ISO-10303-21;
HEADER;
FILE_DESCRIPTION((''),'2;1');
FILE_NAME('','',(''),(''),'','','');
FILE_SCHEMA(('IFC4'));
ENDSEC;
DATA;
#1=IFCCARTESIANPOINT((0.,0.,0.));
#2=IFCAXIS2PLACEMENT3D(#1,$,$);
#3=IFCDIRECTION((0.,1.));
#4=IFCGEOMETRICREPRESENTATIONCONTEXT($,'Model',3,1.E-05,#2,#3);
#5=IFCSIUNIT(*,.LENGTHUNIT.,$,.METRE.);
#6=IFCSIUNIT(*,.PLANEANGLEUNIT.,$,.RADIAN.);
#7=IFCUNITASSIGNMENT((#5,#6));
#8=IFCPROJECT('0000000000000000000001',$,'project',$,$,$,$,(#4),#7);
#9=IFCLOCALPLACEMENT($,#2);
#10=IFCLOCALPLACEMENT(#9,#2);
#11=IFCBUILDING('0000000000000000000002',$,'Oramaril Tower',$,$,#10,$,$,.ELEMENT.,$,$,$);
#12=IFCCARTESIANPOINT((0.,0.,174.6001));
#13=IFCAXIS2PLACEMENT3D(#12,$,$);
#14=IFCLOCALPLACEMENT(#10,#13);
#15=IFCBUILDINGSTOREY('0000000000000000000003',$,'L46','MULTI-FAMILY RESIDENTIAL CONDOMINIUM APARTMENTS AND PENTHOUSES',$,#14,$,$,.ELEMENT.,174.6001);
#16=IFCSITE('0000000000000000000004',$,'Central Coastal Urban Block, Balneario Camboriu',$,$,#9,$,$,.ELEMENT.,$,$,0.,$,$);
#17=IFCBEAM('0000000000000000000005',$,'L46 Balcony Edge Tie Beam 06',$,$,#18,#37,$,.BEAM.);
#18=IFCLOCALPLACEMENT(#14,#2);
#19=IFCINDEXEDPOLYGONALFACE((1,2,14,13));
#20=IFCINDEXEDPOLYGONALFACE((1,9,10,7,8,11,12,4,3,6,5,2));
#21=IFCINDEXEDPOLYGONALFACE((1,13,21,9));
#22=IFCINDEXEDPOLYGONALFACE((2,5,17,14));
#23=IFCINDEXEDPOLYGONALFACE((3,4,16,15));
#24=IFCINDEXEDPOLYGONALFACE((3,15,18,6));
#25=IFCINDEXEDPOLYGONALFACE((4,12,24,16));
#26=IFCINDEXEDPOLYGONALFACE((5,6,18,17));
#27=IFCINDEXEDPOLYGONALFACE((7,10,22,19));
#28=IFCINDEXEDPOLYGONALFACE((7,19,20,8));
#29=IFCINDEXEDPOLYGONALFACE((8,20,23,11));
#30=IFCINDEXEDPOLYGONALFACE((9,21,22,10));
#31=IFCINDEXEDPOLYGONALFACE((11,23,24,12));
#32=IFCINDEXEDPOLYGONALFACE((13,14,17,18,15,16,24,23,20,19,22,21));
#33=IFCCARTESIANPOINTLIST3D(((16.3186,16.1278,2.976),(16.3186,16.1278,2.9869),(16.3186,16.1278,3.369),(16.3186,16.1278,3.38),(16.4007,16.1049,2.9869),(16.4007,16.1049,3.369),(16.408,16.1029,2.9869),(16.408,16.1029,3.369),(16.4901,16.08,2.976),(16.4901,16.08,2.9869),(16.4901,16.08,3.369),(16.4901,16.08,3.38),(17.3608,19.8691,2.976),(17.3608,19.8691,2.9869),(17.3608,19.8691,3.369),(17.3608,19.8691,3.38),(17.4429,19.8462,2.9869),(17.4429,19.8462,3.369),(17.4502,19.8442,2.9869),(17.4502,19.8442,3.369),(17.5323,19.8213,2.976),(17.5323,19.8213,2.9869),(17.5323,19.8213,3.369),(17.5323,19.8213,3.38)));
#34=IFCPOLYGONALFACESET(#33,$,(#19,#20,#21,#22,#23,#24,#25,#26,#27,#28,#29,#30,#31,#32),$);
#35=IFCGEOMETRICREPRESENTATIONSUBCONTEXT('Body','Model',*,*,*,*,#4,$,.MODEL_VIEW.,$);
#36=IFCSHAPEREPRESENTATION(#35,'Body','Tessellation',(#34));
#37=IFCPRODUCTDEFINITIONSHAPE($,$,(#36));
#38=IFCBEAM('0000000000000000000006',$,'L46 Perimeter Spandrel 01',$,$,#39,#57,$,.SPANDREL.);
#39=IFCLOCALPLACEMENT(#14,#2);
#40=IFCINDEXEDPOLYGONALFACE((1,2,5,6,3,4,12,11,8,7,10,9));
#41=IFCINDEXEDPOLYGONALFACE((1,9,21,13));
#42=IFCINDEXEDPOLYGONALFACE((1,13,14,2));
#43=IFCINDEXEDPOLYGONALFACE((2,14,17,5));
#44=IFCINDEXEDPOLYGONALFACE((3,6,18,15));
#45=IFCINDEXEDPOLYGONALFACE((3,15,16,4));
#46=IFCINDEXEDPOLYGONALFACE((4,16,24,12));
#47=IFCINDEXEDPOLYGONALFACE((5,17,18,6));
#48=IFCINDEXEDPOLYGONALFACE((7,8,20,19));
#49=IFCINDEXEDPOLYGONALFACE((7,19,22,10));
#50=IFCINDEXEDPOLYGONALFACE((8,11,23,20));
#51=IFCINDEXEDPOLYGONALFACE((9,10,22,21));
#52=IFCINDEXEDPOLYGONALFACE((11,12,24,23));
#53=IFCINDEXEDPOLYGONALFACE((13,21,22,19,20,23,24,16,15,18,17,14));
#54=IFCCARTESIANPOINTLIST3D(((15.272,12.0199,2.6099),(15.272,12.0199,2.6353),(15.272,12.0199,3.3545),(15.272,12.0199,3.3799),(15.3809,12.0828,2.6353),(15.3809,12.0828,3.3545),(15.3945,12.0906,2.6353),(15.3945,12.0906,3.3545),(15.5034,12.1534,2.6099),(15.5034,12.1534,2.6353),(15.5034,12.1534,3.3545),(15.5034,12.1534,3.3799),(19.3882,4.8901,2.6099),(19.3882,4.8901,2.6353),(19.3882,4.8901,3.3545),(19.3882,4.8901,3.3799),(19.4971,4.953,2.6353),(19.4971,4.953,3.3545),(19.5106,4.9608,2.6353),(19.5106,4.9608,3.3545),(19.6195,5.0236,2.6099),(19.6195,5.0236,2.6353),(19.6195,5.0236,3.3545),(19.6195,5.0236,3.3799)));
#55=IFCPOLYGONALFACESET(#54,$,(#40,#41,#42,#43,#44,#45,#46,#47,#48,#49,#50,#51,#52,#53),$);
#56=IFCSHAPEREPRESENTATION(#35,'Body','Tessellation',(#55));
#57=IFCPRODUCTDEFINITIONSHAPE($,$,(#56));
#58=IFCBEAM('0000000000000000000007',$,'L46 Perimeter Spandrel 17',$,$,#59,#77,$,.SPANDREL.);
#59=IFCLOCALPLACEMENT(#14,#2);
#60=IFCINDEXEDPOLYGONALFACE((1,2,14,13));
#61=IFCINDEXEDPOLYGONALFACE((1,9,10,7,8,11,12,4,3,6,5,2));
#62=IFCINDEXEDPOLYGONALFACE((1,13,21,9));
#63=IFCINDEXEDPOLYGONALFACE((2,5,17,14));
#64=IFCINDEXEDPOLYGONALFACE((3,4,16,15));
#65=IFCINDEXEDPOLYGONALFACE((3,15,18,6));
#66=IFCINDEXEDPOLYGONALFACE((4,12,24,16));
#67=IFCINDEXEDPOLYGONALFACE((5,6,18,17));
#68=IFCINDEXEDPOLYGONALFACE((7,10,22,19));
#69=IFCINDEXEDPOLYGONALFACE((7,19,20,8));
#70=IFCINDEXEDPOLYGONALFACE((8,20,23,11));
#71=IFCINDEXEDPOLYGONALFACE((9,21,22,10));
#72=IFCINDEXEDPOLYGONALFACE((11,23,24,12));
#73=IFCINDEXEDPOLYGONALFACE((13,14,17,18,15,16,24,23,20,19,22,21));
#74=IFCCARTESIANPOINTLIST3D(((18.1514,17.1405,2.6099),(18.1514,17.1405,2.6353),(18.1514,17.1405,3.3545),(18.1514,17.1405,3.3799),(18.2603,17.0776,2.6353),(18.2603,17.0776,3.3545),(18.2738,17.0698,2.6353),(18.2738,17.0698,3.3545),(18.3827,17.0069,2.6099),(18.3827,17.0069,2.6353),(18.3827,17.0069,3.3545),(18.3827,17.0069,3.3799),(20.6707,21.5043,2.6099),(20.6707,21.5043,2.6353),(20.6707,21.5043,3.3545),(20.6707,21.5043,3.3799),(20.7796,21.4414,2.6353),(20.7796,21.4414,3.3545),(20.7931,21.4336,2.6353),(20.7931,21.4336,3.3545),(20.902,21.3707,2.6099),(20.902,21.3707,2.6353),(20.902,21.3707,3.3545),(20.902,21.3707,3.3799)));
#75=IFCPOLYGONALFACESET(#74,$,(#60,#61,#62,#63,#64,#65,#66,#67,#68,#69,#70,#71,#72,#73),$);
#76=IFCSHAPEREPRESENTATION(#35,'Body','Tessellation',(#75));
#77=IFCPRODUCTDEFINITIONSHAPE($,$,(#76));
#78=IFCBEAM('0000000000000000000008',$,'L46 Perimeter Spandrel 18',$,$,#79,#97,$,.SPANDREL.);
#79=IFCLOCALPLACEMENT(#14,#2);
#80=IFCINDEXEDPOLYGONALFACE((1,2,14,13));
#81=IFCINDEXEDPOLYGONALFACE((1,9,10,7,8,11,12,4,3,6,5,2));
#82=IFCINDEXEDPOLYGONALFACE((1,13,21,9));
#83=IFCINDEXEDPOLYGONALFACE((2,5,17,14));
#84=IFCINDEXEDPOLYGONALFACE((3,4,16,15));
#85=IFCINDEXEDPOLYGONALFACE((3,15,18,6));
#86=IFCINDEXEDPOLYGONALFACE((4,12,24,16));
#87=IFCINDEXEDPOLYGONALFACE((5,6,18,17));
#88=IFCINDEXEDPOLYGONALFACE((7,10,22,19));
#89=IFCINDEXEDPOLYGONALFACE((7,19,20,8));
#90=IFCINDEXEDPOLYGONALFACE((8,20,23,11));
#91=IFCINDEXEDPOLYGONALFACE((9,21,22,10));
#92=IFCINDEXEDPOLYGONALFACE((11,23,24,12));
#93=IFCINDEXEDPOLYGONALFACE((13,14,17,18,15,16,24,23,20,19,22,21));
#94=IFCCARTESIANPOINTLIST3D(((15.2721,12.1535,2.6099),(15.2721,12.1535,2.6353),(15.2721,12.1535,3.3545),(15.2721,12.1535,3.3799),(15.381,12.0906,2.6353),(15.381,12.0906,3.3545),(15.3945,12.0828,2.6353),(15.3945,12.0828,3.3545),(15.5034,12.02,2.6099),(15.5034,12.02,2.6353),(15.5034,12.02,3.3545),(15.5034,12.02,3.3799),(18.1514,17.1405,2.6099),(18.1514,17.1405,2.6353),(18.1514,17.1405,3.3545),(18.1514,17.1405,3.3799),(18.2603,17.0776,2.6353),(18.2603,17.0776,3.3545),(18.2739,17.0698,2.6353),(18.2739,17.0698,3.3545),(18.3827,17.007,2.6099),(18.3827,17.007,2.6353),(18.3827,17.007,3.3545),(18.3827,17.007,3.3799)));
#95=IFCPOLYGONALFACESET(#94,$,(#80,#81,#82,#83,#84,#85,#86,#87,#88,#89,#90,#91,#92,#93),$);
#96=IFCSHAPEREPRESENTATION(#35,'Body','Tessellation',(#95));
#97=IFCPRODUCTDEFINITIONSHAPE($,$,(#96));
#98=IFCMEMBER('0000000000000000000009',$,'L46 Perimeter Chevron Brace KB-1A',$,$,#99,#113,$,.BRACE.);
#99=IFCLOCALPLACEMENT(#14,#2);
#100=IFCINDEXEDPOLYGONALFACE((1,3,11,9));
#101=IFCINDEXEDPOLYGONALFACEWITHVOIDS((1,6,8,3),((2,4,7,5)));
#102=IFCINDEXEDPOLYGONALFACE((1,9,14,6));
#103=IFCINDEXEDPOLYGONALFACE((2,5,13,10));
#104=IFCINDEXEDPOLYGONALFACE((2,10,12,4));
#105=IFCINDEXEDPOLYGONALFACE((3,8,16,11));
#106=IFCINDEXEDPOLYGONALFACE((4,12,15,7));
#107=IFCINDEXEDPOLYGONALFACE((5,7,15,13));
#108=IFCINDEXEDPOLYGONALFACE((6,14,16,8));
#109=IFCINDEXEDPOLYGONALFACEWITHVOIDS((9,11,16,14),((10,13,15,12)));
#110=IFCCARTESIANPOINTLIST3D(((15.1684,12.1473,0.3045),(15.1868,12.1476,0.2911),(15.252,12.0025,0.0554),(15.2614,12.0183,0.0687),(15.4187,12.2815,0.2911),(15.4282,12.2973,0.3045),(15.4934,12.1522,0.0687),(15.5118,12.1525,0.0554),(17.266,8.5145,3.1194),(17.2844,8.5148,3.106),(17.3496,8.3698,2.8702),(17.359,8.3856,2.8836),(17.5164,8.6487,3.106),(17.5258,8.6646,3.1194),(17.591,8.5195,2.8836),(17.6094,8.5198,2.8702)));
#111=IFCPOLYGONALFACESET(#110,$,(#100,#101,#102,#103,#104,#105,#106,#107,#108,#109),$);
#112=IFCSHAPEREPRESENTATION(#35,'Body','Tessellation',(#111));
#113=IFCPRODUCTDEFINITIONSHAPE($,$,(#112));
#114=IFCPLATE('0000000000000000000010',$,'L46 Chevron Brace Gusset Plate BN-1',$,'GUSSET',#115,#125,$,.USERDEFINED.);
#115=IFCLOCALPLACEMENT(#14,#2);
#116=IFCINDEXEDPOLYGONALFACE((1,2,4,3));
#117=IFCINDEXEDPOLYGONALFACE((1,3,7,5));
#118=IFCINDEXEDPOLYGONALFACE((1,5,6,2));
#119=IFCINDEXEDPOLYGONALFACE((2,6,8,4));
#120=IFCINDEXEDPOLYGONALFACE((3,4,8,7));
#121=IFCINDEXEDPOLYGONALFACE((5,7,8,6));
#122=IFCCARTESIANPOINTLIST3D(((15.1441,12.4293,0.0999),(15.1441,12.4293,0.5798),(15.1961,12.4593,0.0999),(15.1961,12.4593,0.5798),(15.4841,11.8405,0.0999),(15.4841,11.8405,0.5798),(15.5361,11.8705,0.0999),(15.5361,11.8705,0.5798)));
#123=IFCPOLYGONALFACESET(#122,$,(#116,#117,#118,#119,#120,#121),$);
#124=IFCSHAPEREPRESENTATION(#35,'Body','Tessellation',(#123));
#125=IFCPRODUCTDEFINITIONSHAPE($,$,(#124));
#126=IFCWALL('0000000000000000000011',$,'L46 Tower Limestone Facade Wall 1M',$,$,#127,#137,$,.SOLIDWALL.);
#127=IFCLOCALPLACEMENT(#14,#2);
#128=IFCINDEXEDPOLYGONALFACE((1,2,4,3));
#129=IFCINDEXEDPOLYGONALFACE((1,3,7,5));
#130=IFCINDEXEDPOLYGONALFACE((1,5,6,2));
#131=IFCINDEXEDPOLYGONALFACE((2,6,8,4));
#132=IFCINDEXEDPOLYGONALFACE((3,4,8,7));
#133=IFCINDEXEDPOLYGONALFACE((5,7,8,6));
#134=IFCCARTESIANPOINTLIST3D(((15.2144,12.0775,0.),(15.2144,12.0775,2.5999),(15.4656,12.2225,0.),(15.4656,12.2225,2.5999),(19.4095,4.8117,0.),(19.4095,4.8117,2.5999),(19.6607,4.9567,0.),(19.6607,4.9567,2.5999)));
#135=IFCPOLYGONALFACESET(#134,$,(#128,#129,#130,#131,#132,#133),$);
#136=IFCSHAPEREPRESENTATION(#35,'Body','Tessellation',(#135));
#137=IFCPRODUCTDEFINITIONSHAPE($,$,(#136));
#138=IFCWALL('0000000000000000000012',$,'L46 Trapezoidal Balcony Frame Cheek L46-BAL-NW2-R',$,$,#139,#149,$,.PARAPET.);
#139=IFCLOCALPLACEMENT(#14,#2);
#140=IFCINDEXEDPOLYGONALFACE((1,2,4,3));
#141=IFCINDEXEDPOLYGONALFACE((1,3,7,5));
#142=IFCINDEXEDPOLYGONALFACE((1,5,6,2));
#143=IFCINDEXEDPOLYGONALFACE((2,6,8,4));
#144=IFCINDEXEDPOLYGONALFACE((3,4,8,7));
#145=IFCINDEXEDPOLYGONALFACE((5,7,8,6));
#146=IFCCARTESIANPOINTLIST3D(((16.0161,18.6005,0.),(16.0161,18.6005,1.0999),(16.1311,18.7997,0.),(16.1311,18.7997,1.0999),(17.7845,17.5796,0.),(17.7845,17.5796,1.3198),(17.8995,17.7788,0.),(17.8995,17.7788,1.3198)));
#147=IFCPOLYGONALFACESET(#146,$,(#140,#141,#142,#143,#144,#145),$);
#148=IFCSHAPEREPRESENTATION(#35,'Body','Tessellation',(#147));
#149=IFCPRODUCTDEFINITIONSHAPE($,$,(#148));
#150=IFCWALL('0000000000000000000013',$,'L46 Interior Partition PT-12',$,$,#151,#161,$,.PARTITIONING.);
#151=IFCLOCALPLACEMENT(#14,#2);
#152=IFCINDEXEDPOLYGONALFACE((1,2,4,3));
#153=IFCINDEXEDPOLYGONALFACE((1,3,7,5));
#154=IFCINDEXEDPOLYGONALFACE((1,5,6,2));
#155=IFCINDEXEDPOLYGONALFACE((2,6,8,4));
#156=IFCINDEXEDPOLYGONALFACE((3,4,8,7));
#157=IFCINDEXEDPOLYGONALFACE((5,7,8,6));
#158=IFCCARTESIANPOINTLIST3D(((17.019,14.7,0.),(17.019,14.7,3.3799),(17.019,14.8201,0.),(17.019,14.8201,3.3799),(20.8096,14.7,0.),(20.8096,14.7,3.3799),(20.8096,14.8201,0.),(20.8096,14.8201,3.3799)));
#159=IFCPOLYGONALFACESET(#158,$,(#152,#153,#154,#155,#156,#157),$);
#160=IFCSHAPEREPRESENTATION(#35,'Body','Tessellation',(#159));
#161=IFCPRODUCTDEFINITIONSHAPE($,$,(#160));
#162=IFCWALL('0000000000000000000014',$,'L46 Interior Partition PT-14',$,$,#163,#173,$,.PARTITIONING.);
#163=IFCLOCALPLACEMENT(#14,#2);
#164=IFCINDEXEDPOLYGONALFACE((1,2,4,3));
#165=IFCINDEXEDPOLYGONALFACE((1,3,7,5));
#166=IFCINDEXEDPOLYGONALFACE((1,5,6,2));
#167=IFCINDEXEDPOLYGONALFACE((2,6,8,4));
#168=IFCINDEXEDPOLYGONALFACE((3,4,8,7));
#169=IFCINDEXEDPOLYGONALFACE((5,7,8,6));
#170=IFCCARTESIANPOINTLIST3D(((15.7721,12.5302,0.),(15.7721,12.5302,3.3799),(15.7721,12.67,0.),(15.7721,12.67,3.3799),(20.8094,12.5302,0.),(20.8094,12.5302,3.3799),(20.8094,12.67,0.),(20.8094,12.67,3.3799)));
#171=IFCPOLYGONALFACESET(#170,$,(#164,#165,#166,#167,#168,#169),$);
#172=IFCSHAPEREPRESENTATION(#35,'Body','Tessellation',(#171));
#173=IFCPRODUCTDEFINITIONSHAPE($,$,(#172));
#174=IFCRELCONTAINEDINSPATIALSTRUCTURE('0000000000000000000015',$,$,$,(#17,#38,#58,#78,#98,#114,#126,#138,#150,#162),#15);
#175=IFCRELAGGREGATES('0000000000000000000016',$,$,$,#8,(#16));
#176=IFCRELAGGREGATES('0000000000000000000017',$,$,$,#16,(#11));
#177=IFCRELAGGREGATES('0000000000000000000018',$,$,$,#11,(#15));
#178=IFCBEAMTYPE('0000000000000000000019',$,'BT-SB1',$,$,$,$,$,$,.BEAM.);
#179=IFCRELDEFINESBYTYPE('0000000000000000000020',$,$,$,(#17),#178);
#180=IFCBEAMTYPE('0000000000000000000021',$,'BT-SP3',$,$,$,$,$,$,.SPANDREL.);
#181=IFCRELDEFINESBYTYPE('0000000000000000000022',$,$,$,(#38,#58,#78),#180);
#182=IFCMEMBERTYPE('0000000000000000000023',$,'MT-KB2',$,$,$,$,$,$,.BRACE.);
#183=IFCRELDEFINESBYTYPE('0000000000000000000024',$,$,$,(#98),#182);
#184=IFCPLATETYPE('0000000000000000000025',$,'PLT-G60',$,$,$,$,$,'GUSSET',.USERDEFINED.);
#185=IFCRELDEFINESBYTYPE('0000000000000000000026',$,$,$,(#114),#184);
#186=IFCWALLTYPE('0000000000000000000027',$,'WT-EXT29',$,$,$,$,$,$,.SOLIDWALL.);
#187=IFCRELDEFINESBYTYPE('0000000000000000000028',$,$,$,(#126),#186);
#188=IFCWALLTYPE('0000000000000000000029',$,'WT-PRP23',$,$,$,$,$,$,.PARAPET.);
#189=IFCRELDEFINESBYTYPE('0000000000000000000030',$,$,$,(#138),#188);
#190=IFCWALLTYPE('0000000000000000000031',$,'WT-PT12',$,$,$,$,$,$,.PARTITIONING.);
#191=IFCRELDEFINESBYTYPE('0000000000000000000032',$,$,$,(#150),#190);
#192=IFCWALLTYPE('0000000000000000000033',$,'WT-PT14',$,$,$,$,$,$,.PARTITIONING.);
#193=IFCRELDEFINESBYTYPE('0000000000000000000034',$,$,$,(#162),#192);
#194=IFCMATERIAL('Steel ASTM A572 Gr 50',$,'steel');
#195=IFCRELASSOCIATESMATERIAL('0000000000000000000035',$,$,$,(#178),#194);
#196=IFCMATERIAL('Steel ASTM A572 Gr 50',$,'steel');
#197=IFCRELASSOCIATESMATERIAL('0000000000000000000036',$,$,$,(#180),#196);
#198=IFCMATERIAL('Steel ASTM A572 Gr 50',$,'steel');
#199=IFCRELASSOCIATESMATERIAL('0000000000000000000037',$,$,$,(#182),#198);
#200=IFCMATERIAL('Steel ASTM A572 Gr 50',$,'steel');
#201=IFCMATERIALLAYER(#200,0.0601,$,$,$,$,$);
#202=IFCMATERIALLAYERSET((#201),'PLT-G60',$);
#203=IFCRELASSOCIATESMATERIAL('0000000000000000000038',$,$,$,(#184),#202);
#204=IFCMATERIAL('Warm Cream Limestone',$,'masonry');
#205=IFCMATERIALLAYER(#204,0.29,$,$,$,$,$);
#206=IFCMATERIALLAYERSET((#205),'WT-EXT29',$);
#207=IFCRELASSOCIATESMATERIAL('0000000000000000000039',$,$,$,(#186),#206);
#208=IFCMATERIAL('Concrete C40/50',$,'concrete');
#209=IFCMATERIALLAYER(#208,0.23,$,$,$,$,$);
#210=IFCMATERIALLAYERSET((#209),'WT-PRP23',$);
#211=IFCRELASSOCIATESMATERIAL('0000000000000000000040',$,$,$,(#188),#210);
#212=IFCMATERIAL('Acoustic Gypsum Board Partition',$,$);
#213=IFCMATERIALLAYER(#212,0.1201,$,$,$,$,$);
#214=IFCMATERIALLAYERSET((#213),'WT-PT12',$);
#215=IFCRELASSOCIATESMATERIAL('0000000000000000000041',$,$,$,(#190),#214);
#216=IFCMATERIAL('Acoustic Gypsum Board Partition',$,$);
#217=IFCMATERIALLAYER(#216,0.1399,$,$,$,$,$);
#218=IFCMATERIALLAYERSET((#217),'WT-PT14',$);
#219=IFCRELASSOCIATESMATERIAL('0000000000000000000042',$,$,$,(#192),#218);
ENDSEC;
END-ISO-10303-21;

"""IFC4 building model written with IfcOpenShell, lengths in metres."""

from ifc_helpers import new_model, si_unit, direction, frame, frame_2d, origin, origin_2d, place, context, subcontext, project, spatial, polyline, rectangle, hollow_rectangle, i_section, outline, extrude, material, layer, layer_set, material_profile, profile_set, type_object, element, save


model = new_model("IFC4")

# Units and contexts
model_context = context("Model", 3, precision=1e-05, world=origin(), true_north=direction((0.0, 1.0)))
body_context = subcontext(model_context, "Body", "Model", "MODEL_VIEW")
ifc_project = project(units=[si_unit("LENGTHUNIT", "METRE"), si_unit("PLANEANGLEUNIT", "RADIAN")], contexts=[model_context])

# Site, building, storey
site_placement = place(None, origin())
site = spatial("IfcSite", under=ifc_project, at=site_placement, Name="Central Coastal Urban Block, Balneario Camboriu", CompositionType="ELEMENT", RefElevation=0.0)
building_placement = place(site_placement, origin())
building = spatial("IfcBuilding", under=site, at=building_placement, Name="Oramaril Tower", CompositionType="ELEMENT")
storey_placement = place(building_placement, frame((0.0, 0.0, 174.6001)))
storey = spatial("IfcBuildingStorey", under=building, at=storey_placement, Name="L46", Description="MULTI-FAMILY RESIDENTIAL CONDOMINIUM APARTMENTS AND PENTHOUSES", CompositionType="ELEMENT", Elevation=174.6001)

# Beams
ifc_material_1 = material(Name="Steel ASTM A572 Gr 50", Category="steel")
ifc_material_profile_1 = material_profile(ifc_material_1, i_section(OverallWidth=0.178, OverallDepth=0.4041, WebThickness=0.0076, FlangeThickness=0.011, at=origin_2d()), Name="W16X36")
ifc_profile_set_1 = profile_set([ifc_material_profile_1], Name="Steel ASTM A572 Gr 50")
beam_type_1 = type_object("IfcBeamType", Name="BT-SB1", PredefinedType="BEAM", material=ifc_profile_set_1)
beam_1_placement = place(storey_placement, frame((17.4465, 19.8452, 3.178), z_axis=(-0.268347, -0.963322, 0.0), x_axis=(0.963322, -0.268347, 0.0)))
element("IfcBeam", 1, at=beam_1_placement, inside=storey, type_object=beam_type_1, Name="L46 Balcony Edge Tie Beam 06", PredefinedType="BEAM", context=body_context, shape_type="SweptSolid", body=[
    extrude(i_section(OverallWidth=0.178, OverallDepth=0.4041, WebThickness=0.0076, FlangeThickness=0.011, at=origin_2d()), origin(), (0.0, 0.0, 1.0), 3.8838),
])
ifc_material_2 = material(Name="Steel ASTM A572 Gr 50", Category="steel")
ifc_material_profile_2 = material_profile(ifc_material_2, i_section(OverallWidth=0.2671, OverallDepth=0.77, WebThickness=0.0156, FlangeThickness=0.0254, at=origin_2d()), Name="W30X132")
ifc_profile_set_2 = profile_set([ifc_material_profile_2], Name="Steel ASTM A572 Gr 50")
beam_type_2 = type_object("IfcBeamType", Name="BT-SP3", PredefinedType="SPANDREL", material=ifc_profile_set_2)
beam_2_placement = place(storey_placement, frame((15.3877, 12.0867, 2.9949), z_axis=(0.499979, -0.866037, 0.0), x_axis=(0.866037, 0.499979, 0.0)))
element("IfcBeam", 2, at=beam_2_placement, inside=storey, type_object=beam_type_2, Name="L46 Perimeter Spandrel 01", PredefinedType="SPANDREL", context=body_context, shape_type="SweptSolid", body=[
    extrude(i_section(OverallWidth=0.2671, OverallDepth=0.77, WebThickness=0.0156, FlangeThickness=0.0254, at=origin_2d()), origin(), (0.0, 0.0, 1.0), 8.2327),
])
beam_3_placement = place(storey_placement, frame((20.7864, 21.4375, 2.9949), z_axis=(-0.49998, -0.866037, 0.0), x_axis=(0.866037, -0.49998, 0.0)))
element("IfcBeam", 3, at=beam_3_placement, inside=storey, type_object=beam_type_2, Name="L46 Perimeter Spandrel 17", PredefinedType="SPANDREL", context=body_context, shape_type="SweptSolid", body=[
    extrude(i_section(OverallWidth=0.2671, OverallDepth=0.77, WebThickness=0.0156, FlangeThickness=0.0254, at=origin_2d()), origin(), (0.0, 0.0, 1.0), 5.0388),
])
beam_4_placement = place(storey_placement, frame((18.2671, 17.0737, 2.9949), z_axis=(-0.500015, -0.866017, 0.0), x_axis=(0.866017, -0.500015, 0.0)))
element("IfcBeam", 4, at=beam_4_placement, inside=storey, type_object=beam_type_2, Name="L46 Perimeter Spandrel 18", PredefinedType="SPANDREL", context=body_context, shape_type="SweptSolid", body=[
    extrude(i_section(OverallWidth=0.2671, OverallDepth=0.77, WebThickness=0.0156, FlangeThickness=0.0254, at=origin_2d()), origin(), (0.0, 0.0, 1.0), 5.7585),
])

# Member
ifc_material_3 = material(Name="Steel ASTM A572 Gr 50", Category="steel")
ifc_material_profile_3 = material_profile(ifc_material_3, hollow_rectangle(XDim=0.3, YDim=0.3, WallThickness=0.0161, at=origin_2d()), Name="HSS300X300X16")
ifc_profile_set_3 = profile_set([ifc_material_profile_3], Name="Steel ASTM A572 Gr 50")
member_type = type_object("IfcMemberType", Name="MT-KB2", PredefinedType="BRACE", material=ifc_profile_set_3)
member_placement = place(storey_placement, frame((15.3401, 12.1499, 0.1799), z_axis=(0.415224, -0.719103, 0.557208), x_axis=(0.865999, 0.500045, 0.0)))
element("IfcMember", 5, at=member_placement, inside=storey, type_object=member_type, Name="L46 Perimeter Chevron Brace KB-1A", PredefinedType="BRACE", context=body_context, shape_type="SweptSolid", body=[
    extrude(hollow_rectangle(XDim=0.3, YDim=0.3, WallThickness=0.0161, at=origin_2d()), origin(), (0.0, 0.0, 1.0), 5.0518),
])

# Plate
ifc_material_4 = material(Name="Steel ASTM A572 Gr 50", Category="steel")
ifc_layer_1 = layer(ifc_material_4, 0.0601)
ifc_layer_set_1 = layer_set([ifc_layer_1], Name="PLT-G60")
plate_type = type_object("IfcPlateType", Name="PLT-G60", ElementType="GUSSET", PredefinedType="USERDEFINED", material=ifc_layer_set_1)
plate_placement = place(storey_placement, frame((15.3401, 12.1499, 0.0999), z_axis=(0.0, 0.0, 1.0), x_axis=(0.499997, -0.866027, 0.0)))
element("IfcPlate", 6, at=plate_placement, inside=storey, type_object=plate_type, Name="L46 Chevron Brace Gusset Plate BN-1", ObjectType="GUSSET", PredefinedType="USERDEFINED", context=body_context, shape_type="SweptSolid", body=[
    extrude(rectangle(XDim=0.6799, YDim=0.0601, at=origin_2d()), origin(), (0.0, 0.0, 1.0), 0.48),
])

# Walls
ifc_material_5 = material(Name="Warm Cream Limestone", Category="masonry")
ifc_layer_2 = layer(ifc_material_5, 0.29)
ifc_layer_set_2 = layer_set([ifc_layer_2], Name="WT-EXT29")
wall_type_1 = type_object("IfcWallType", Name="WT-EXT29", PredefinedType="SOLIDWALL", material=ifc_layer_set_2)
wall_1_placement = place(storey_placement, frame((15.3401, 12.1499, 0.0), z_axis=(0.0, 0.0, 1.0), x_axis=(0.50001, -0.866019, 0.0)))
element("IfcWall", 7, at=wall_1_placement, inside=storey, type_object=wall_type_1, Name="L46 Tower Limestone Facade Wall 1M", PredefinedType="SOLIDWALL", context=body_context, shape_type="SweptSolid", body=[
    extrude(rectangle(XDim=8.3899, YDim=0.29, at=frame_2d((4.1948, 0.0))), origin(), (0.0, 0.0, 1.0), 2.5999),
])
ifc_material_6 = material(Name="Concrete C40/50", Category="concrete")
ifc_layer_3 = layer(ifc_material_6, 0.23)
ifc_layer_set_3 = layer_set([ifc_layer_3], Name="WT-PRP23")
wall_type_2 = type_object("IfcWallType", Name="WT-PRP23", PredefinedType="PARAPET", material=ifc_layer_set_3)
wall_2_placement = place(storey_placement, frame((17.842, 17.6792, 0.0), z_axis=(0.0, 0.0, 1.0), x_axis=(-0.866042, 0.499971, 0.0)))
element("IfcWall", 8, at=wall_2_placement, inside=storey, type_object=wall_type_2, Name="L46 Trapezoidal Balcony Frame Cheek L46-BAL-NW2-R", PredefinedType="PARAPET", context=body_context, shape_type="SweptSolid", body=[
    extrude(outline(polyline([(0.0, 0.0), (2.042, 0.0), (2.042, 1.0999), (0.0, 1.3198), (0.0, 0.0)])), frame((0.0, 0.115, 0.0), z_axis=(0.0, -1.0, 0.0), x_axis=(1.0, 0.0, 0.0)), (0.0, 0.0, 1.0), 0.23),
])
ifc_material_7 = material(Name="Acoustic Gypsum Board Partition")
ifc_layer_4 = layer(ifc_material_7, 0.1201)
ifc_layer_set_4 = layer_set([ifc_layer_4], Name="WT-PT12")
wall_type_3 = type_object("IfcWallType", Name="WT-PT12", PredefinedType="PARTITIONING", material=ifc_layer_set_4)
wall_3_placement = place(storey_placement, frame((17.019, 14.76, 0.0), z_axis=(0.0, 0.0, 1.0), x_axis=(1.0, 0.0, 0.0)))
element("IfcWall", 9, at=wall_3_placement, inside=storey, type_object=wall_type_3, Name="L46 Interior Partition PT-12", PredefinedType="PARTITIONING", context=body_context, shape_type="SweptSolid", body=[
    extrude(rectangle(XDim=3.7905, YDim=0.1201, at=frame_2d((1.8953, 0.0))), origin(), (0.0, 0.0, 1.0), 3.3799),
])
ifc_material_8 = material(Name="Acoustic Gypsum Board Partition")
ifc_layer_5 = layer(ifc_material_8, 0.1399)
ifc_layer_set_5 = layer_set([ifc_layer_5], Name="WT-PT14")
wall_type_4 = type_object("IfcWallType", Name="WT-PT14", PredefinedType="PARTITIONING", material=ifc_layer_set_5)
wall_4_placement = place(storey_placement, frame((15.7722, 12.6001, 0.0), z_axis=(0.0, 0.0, 1.0), x_axis=(1.0, 0.0, 0.0)))
element("IfcWall", 10, at=wall_4_placement, inside=storey, type_object=wall_type_4, Name="L46 Interior Partition PT-14", PredefinedType="PARTITIONING", context=body_context, shape_type="SweptSolid", body=[
    extrude(rectangle(XDim=5.0374, YDim=0.1399, at=frame_2d((2.5186, 0.0))), origin(), (0.0, 0.0, 1.0), 3.3799),
])

save(model, "model.ifc")
